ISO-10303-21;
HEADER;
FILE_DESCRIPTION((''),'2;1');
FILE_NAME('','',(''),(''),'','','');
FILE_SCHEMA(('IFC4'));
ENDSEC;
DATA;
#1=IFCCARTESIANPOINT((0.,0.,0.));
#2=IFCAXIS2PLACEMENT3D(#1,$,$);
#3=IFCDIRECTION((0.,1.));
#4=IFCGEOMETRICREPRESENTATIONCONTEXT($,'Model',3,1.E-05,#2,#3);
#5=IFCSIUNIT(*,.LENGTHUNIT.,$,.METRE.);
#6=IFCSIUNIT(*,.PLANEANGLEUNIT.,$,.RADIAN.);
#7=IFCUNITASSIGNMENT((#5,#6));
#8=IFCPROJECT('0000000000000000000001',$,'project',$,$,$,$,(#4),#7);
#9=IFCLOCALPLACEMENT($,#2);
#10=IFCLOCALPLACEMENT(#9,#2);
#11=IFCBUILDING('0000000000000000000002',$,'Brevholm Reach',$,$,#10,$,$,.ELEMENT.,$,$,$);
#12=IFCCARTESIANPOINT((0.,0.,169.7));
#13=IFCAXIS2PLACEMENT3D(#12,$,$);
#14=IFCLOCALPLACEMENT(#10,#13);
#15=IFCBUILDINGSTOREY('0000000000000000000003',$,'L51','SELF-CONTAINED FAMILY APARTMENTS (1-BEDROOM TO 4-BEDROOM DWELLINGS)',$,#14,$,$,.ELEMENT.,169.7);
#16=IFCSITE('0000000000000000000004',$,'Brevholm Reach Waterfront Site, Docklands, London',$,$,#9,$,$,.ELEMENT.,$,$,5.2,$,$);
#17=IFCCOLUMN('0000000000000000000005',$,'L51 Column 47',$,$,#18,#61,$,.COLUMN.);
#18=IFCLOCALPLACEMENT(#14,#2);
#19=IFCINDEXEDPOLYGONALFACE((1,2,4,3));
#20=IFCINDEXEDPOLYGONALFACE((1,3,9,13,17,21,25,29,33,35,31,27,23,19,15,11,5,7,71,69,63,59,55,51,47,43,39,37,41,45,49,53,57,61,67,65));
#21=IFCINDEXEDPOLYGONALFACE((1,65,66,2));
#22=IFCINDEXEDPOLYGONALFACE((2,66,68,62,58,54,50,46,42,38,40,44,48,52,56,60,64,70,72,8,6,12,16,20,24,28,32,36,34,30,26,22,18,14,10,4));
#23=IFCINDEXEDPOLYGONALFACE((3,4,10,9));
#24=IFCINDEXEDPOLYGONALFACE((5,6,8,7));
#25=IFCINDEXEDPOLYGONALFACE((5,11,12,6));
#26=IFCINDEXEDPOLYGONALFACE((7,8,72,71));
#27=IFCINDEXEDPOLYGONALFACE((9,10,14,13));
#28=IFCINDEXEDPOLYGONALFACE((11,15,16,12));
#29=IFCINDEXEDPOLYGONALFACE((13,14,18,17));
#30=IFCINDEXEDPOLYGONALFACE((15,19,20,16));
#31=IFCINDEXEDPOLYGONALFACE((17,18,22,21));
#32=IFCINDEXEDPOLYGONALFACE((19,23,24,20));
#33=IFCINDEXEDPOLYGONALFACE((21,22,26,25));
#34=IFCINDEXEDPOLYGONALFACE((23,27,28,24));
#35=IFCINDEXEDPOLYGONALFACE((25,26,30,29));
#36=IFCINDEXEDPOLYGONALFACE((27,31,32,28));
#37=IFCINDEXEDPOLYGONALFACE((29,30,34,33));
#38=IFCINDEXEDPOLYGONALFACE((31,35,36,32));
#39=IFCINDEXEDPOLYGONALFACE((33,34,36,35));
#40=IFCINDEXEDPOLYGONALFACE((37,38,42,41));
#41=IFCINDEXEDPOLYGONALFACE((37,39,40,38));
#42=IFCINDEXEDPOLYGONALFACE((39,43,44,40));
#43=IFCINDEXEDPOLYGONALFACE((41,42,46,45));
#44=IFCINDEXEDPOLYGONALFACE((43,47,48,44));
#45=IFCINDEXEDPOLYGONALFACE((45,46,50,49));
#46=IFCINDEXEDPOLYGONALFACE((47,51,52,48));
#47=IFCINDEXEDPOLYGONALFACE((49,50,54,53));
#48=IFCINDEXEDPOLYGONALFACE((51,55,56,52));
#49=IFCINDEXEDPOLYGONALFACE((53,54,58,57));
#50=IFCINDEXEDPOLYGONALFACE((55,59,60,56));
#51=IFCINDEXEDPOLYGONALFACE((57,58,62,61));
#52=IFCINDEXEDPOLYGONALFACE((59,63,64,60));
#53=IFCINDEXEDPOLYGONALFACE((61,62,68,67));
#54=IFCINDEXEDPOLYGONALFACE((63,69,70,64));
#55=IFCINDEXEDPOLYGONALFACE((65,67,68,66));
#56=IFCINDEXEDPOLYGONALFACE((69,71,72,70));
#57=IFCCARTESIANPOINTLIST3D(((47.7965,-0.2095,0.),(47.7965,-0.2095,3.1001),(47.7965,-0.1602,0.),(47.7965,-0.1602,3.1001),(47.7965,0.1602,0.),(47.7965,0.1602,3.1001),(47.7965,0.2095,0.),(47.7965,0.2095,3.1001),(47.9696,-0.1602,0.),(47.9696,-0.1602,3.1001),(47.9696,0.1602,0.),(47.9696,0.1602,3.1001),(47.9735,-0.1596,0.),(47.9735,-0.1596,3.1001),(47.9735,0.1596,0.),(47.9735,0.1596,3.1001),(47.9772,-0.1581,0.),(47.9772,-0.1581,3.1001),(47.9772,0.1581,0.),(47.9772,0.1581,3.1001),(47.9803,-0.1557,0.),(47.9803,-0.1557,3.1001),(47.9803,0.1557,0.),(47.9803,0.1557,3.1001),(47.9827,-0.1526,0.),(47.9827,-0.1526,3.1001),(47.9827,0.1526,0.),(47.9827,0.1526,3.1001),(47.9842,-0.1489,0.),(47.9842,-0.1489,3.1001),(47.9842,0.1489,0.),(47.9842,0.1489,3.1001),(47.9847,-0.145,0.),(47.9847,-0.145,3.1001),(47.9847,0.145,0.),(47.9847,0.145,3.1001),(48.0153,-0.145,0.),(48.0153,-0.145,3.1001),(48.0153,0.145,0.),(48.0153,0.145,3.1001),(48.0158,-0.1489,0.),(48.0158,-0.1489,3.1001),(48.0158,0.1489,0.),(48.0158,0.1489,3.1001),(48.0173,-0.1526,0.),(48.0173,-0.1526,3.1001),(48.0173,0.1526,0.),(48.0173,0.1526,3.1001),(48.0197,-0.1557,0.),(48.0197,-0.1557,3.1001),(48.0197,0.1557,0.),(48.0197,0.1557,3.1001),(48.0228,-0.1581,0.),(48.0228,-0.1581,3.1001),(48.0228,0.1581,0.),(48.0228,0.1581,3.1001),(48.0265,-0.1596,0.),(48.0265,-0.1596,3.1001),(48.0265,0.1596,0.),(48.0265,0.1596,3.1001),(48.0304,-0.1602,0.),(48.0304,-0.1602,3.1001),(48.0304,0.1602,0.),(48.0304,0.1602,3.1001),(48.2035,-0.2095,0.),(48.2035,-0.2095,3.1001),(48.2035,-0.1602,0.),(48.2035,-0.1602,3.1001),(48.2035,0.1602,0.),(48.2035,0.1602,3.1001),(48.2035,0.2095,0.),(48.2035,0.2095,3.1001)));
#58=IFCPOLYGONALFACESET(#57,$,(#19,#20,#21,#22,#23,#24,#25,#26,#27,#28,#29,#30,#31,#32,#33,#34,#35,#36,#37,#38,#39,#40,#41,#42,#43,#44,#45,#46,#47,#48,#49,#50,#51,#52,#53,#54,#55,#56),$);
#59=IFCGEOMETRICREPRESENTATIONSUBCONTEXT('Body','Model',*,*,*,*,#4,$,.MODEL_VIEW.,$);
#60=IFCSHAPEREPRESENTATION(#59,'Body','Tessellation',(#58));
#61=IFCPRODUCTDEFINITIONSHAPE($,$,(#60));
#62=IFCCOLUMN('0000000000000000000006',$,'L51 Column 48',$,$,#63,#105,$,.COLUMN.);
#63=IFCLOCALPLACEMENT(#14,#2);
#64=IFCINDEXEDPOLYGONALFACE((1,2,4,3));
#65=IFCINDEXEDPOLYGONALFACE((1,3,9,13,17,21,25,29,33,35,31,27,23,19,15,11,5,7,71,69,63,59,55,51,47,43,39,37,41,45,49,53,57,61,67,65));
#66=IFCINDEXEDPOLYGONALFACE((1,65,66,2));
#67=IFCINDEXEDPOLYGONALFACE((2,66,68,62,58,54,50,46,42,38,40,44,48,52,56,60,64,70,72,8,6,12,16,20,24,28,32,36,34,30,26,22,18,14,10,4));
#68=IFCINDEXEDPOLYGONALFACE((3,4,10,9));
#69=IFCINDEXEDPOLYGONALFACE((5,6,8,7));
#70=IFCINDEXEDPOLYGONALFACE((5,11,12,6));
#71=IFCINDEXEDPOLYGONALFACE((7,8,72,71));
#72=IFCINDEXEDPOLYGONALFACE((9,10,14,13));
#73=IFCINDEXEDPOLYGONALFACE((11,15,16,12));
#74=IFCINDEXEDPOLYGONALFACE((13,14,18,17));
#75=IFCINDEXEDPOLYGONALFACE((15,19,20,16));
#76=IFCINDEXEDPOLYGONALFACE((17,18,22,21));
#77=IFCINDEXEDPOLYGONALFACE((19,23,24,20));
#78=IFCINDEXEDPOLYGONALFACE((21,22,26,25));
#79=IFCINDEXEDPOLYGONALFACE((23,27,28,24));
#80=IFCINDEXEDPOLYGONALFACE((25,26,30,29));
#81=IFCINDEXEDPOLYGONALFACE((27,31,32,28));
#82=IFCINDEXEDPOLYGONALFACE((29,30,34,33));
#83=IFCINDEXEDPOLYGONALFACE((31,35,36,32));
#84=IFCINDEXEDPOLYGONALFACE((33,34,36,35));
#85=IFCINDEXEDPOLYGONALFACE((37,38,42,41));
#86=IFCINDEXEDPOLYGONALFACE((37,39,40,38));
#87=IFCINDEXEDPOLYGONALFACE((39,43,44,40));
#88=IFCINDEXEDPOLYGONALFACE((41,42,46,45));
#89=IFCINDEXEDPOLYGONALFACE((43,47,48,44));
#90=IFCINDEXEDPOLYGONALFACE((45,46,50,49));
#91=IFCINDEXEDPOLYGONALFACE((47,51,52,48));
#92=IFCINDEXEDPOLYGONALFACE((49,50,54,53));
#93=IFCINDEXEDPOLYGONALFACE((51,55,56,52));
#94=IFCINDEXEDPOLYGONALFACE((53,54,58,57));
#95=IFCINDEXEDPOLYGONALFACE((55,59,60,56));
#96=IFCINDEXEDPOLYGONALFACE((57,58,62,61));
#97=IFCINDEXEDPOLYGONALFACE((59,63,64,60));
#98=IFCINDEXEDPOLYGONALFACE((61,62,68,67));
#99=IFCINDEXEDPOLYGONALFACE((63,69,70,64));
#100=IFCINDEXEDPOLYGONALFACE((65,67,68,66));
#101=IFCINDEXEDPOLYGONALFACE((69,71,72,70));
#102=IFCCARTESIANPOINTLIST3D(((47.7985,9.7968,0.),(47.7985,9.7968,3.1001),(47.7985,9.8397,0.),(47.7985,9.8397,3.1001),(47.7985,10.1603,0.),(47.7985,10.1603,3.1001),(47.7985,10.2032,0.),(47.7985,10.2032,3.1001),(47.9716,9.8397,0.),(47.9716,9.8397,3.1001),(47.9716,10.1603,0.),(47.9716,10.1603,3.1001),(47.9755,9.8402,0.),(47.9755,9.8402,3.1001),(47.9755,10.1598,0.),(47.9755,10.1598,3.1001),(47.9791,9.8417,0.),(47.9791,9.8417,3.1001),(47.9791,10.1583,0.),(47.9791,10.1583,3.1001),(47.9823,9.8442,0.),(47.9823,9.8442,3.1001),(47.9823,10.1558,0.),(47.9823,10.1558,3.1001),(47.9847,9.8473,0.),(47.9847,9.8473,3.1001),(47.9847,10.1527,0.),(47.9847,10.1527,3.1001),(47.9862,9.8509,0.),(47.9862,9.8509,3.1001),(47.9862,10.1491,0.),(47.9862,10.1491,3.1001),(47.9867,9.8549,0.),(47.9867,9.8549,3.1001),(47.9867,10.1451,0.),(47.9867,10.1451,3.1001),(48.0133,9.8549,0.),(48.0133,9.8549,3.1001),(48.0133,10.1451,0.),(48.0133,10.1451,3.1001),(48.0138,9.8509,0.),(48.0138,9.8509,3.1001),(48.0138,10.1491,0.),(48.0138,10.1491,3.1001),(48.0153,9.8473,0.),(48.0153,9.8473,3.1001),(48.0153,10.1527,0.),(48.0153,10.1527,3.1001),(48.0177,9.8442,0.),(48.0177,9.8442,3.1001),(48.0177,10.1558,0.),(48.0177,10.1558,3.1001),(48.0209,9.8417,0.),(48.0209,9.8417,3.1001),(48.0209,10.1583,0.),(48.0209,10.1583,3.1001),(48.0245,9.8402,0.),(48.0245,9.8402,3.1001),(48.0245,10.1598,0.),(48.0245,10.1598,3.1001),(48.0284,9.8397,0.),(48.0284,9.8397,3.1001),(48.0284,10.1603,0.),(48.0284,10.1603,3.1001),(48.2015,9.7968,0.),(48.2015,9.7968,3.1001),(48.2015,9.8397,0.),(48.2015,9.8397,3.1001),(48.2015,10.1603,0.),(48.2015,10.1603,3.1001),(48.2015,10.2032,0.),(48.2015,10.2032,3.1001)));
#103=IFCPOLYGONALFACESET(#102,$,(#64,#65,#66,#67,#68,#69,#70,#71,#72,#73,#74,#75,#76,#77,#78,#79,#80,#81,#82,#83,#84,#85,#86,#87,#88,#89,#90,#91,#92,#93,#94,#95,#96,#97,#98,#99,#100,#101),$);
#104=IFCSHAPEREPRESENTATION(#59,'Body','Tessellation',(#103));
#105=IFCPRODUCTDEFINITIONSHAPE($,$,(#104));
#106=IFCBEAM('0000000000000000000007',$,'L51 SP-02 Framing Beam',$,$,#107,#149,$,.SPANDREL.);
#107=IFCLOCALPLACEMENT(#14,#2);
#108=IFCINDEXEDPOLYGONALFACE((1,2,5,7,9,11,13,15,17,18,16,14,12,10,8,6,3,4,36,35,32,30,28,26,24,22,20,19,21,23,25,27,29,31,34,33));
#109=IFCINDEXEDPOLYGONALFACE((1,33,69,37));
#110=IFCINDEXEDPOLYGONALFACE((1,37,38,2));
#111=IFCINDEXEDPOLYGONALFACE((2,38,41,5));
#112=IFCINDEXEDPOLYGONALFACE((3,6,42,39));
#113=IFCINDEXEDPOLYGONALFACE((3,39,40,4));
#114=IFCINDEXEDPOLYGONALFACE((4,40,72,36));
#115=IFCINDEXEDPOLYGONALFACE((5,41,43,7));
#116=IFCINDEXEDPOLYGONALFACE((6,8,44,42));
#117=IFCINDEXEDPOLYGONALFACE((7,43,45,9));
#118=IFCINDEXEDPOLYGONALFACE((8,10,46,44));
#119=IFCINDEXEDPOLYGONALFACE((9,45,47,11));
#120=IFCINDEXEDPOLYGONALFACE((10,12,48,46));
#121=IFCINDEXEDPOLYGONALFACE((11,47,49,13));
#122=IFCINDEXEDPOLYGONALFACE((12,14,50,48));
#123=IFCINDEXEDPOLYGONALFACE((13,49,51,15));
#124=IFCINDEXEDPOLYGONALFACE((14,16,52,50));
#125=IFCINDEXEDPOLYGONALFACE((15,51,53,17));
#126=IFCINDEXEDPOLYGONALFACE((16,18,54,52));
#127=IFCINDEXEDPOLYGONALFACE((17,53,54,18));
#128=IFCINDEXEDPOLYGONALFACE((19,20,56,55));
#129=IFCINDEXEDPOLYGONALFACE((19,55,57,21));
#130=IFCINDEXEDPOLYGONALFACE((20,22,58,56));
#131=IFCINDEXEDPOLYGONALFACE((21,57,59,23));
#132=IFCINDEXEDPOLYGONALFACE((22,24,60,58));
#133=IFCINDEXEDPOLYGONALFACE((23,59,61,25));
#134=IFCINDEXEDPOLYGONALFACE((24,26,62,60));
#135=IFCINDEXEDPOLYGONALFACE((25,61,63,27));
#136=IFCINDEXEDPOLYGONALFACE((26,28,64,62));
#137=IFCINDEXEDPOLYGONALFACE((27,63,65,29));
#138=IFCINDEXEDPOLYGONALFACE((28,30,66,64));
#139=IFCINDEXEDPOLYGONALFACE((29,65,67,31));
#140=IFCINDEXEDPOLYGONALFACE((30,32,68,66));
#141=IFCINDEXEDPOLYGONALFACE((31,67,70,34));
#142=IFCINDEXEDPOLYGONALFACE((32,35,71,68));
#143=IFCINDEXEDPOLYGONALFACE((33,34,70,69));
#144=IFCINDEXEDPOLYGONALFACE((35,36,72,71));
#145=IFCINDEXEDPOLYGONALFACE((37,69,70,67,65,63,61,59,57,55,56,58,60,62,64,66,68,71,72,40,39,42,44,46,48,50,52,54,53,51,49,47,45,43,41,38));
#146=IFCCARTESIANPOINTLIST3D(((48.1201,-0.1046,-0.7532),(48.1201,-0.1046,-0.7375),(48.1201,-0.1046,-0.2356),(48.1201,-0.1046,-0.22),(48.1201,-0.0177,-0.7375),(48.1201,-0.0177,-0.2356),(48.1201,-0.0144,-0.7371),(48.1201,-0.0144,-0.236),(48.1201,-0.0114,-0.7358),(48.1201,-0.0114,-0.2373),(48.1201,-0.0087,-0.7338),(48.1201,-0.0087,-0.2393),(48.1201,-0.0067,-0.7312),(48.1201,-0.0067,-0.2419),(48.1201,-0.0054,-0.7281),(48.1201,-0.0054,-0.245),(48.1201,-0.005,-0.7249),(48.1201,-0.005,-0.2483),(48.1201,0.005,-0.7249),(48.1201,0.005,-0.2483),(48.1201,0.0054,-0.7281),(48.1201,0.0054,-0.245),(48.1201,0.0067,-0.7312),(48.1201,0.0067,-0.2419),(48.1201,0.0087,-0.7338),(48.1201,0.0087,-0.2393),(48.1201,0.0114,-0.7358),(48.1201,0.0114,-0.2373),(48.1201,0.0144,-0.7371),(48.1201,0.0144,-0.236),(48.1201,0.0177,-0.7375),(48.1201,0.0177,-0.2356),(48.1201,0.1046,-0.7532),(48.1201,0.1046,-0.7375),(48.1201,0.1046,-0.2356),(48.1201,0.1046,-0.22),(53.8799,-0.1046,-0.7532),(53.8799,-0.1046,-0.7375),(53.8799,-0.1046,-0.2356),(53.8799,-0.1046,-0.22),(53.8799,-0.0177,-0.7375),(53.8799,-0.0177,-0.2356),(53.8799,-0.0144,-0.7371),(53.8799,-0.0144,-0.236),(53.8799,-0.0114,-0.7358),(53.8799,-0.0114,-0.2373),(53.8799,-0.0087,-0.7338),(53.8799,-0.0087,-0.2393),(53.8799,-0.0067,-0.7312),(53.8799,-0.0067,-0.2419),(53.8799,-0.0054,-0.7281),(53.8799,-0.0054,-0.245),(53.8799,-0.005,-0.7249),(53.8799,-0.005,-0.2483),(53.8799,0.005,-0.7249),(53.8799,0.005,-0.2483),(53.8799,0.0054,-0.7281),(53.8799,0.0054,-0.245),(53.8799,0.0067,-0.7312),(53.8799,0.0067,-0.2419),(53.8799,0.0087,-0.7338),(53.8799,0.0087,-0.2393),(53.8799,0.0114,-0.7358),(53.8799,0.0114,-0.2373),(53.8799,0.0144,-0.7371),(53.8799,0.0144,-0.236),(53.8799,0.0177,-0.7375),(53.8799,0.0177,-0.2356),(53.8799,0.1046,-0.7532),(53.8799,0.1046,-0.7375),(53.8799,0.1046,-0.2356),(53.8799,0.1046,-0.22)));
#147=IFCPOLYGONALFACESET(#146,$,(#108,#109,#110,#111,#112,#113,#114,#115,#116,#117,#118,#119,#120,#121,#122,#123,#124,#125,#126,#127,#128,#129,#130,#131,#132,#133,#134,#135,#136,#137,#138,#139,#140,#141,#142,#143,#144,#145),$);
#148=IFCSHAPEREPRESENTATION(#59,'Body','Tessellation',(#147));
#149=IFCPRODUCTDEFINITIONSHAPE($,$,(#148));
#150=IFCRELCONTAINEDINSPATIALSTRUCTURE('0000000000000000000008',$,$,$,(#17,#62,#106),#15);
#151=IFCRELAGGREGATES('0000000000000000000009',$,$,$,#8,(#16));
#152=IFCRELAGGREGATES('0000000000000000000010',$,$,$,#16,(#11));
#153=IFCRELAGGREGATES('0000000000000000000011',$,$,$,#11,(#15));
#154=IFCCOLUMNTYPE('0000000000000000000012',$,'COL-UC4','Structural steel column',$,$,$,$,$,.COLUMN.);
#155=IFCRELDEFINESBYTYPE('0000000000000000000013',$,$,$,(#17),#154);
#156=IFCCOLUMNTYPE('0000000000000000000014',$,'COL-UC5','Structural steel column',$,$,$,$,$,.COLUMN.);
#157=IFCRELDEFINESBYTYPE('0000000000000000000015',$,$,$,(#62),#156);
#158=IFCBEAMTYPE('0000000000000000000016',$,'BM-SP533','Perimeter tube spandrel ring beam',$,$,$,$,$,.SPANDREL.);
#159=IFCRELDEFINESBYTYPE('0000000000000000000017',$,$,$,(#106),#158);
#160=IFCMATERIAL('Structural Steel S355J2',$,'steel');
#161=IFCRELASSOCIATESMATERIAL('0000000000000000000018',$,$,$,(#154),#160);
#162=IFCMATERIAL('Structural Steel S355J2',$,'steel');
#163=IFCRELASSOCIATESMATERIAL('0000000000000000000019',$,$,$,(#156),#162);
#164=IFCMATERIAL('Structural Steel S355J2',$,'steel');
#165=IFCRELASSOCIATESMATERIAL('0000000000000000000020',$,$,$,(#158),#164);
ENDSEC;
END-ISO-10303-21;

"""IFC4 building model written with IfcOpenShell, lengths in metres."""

from ifc_helpers import new_model, si_unit, direction, frame, origin, origin_2d, place, context, subcontext, project, spatial, i_section, extrude, material, material_profile, profile_set, type_object, element, save


model = new_model("IFC4")

# Units and contexts
model_context = context("Model", 3, precision=1e-05, world=origin(), true_north=direction((0.0, 1.0)))
body_context = subcontext(model_context, "Body", "Model", "MODEL_VIEW")
ifc_project = project(units=[si_unit("LENGTHUNIT", "METRE"), si_unit("PLANEANGLEUNIT", "RADIAN")], contexts=[model_context])

# Site, building, storey
site_placement = place(None, origin())
site = spatial("IfcSite", under=ifc_project, at=site_placement, Name="Brevholm Reach Waterfront Site, Docklands, London", CompositionType="ELEMENT", RefElevation=5.2)
building_placement = place(site_placement, origin())
building = spatial("IfcBuilding", under=site, at=building_placement, Name="Brevholm Reach", CompositionType="ELEMENT")
storey_placement = place(building_placement, frame((0.0, 0.0, 169.7)))
storey = spatial("IfcBuildingStorey", under=building, at=storey_placement, Name="L51", Description="SELF-CONTAINED FAMILY APARTMENTS (1-BEDROOM TO 4-BEDROOM DWELLINGS)", CompositionType="ELEMENT", Elevation=169.7)

# Columns
ifc_material_1 = material(Name="Structural Steel S355J2", Category="steel")
ifc_material_profile_1 = material_profile(ifc_material_1, i_section(OverallWidth=0.407, OverallDepth=0.4189, WebThickness=0.0305, FlangeThickness=0.0493, FilletRadius=0.0151, at=origin_2d()), Name="UKC 356x406x393")
ifc_profile_set_1 = profile_set([ifc_material_profile_1], Name="Structural Steel S355J2")
column_type_1 = type_object("IfcColumnType", Name="COL-UC4", Description="Structural steel column", PredefinedType="COLUMN", material=ifc_profile_set_1)
column_1_placement = place(storey_placement, frame((48.0, 0.0, 0.0), z_axis=(0.0, 0.0, 1.0), x_axis=(1.0, 0.0, 0.0)))
element("IfcColumn", 1, at=column_1_placement, inside=storey, type_object=column_type_1, Name="L51 Column 47", PredefinedType="COLUMN", context=body_context, shape_type="SweptSolid", body=[
    extrude(i_section(OverallWidth=0.407, OverallDepth=0.4189, WebThickness=0.0305, FlangeThickness=0.0493, FilletRadius=0.0151, at=origin_2d()), origin(), (0.0, 0.0, 1.0), 3.1001),
])
ifc_material_2 = material(Name="Structural Steel S355J2", Category="steel")
ifc_material_profile_2 = material_profile(ifc_material_2, i_section(OverallWidth=0.4031, OverallDepth=0.4065, WebThickness=0.0266, FlangeThickness=0.043, FilletRadius=0.0151, at=origin_2d()), Name="UKC 356x406x340")
ifc_profile_set_2 = profile_set([ifc_material_profile_2], Name="Structural Steel S355J2")
column_type_2 = type_object("IfcColumnType", Name="COL-UC5", Description="Structural steel column", PredefinedType="COLUMN", material=ifc_profile_set_2)
column_2_placement = place(storey_placement, frame((48.0, 10.0, 0.0), z_axis=(0.0, 0.0, 1.0), x_axis=(1.0, 0.0, 0.0)))
element("IfcColumn", 2, at=column_2_placement, inside=storey, type_object=column_type_2, Name="L51 Column 48", PredefinedType="COLUMN", context=body_context, shape_type="SweptSolid", body=[
    extrude(i_section(OverallWidth=0.4031, OverallDepth=0.4065, WebThickness=0.0266, FlangeThickness=0.043, FilletRadius=0.0151, at=origin_2d()), origin(), (0.0, 0.0, 1.0), 3.1001),
])

# Beam
ifc_material_3 = material(Name="Structural Steel S355J2", Category="steel")
ifc_material_profile_3 = material_profile(ifc_material_3, i_section(OverallWidth=0.2092, OverallDepth=0.5332, WebThickness=0.01, FlangeThickness=0.0156, FilletRadius=0.0127, at=origin_2d()), Name="UKB 533x210x92")
ifc_profile_set_3 = profile_set([ifc_material_profile_3], Name="Structural Steel S355J2")
beam_type_1 = type_object("IfcBeamType", Name="BM-SP533", Description="Perimeter tube spandrel ring beam", PredefinedType="SPANDREL", material=ifc_profile_set_3)
beam_1_placement = place(storey_placement, frame((48.1201, 0.0, -0.4866), z_axis=(1.0, 0.0, 0.0), x_axis=(0.0, 1.0, 0.0)))
element("IfcBeam", 3, at=beam_1_placement, inside=storey, type_object=beam_type_1, Name="L51 SP-02 Framing Beam", PredefinedType="SPANDREL", context=body_context, shape_type="SweptSolid", body=[
    extrude(i_section(OverallWidth=0.2092, OverallDepth=0.5332, WebThickness=0.01, FlangeThickness=0.0156, FilletRadius=0.0127, at=origin_2d()), origin(), (0.0, 0.0, 1.0), 5.7598),
])

save(model, "model.ifc")
